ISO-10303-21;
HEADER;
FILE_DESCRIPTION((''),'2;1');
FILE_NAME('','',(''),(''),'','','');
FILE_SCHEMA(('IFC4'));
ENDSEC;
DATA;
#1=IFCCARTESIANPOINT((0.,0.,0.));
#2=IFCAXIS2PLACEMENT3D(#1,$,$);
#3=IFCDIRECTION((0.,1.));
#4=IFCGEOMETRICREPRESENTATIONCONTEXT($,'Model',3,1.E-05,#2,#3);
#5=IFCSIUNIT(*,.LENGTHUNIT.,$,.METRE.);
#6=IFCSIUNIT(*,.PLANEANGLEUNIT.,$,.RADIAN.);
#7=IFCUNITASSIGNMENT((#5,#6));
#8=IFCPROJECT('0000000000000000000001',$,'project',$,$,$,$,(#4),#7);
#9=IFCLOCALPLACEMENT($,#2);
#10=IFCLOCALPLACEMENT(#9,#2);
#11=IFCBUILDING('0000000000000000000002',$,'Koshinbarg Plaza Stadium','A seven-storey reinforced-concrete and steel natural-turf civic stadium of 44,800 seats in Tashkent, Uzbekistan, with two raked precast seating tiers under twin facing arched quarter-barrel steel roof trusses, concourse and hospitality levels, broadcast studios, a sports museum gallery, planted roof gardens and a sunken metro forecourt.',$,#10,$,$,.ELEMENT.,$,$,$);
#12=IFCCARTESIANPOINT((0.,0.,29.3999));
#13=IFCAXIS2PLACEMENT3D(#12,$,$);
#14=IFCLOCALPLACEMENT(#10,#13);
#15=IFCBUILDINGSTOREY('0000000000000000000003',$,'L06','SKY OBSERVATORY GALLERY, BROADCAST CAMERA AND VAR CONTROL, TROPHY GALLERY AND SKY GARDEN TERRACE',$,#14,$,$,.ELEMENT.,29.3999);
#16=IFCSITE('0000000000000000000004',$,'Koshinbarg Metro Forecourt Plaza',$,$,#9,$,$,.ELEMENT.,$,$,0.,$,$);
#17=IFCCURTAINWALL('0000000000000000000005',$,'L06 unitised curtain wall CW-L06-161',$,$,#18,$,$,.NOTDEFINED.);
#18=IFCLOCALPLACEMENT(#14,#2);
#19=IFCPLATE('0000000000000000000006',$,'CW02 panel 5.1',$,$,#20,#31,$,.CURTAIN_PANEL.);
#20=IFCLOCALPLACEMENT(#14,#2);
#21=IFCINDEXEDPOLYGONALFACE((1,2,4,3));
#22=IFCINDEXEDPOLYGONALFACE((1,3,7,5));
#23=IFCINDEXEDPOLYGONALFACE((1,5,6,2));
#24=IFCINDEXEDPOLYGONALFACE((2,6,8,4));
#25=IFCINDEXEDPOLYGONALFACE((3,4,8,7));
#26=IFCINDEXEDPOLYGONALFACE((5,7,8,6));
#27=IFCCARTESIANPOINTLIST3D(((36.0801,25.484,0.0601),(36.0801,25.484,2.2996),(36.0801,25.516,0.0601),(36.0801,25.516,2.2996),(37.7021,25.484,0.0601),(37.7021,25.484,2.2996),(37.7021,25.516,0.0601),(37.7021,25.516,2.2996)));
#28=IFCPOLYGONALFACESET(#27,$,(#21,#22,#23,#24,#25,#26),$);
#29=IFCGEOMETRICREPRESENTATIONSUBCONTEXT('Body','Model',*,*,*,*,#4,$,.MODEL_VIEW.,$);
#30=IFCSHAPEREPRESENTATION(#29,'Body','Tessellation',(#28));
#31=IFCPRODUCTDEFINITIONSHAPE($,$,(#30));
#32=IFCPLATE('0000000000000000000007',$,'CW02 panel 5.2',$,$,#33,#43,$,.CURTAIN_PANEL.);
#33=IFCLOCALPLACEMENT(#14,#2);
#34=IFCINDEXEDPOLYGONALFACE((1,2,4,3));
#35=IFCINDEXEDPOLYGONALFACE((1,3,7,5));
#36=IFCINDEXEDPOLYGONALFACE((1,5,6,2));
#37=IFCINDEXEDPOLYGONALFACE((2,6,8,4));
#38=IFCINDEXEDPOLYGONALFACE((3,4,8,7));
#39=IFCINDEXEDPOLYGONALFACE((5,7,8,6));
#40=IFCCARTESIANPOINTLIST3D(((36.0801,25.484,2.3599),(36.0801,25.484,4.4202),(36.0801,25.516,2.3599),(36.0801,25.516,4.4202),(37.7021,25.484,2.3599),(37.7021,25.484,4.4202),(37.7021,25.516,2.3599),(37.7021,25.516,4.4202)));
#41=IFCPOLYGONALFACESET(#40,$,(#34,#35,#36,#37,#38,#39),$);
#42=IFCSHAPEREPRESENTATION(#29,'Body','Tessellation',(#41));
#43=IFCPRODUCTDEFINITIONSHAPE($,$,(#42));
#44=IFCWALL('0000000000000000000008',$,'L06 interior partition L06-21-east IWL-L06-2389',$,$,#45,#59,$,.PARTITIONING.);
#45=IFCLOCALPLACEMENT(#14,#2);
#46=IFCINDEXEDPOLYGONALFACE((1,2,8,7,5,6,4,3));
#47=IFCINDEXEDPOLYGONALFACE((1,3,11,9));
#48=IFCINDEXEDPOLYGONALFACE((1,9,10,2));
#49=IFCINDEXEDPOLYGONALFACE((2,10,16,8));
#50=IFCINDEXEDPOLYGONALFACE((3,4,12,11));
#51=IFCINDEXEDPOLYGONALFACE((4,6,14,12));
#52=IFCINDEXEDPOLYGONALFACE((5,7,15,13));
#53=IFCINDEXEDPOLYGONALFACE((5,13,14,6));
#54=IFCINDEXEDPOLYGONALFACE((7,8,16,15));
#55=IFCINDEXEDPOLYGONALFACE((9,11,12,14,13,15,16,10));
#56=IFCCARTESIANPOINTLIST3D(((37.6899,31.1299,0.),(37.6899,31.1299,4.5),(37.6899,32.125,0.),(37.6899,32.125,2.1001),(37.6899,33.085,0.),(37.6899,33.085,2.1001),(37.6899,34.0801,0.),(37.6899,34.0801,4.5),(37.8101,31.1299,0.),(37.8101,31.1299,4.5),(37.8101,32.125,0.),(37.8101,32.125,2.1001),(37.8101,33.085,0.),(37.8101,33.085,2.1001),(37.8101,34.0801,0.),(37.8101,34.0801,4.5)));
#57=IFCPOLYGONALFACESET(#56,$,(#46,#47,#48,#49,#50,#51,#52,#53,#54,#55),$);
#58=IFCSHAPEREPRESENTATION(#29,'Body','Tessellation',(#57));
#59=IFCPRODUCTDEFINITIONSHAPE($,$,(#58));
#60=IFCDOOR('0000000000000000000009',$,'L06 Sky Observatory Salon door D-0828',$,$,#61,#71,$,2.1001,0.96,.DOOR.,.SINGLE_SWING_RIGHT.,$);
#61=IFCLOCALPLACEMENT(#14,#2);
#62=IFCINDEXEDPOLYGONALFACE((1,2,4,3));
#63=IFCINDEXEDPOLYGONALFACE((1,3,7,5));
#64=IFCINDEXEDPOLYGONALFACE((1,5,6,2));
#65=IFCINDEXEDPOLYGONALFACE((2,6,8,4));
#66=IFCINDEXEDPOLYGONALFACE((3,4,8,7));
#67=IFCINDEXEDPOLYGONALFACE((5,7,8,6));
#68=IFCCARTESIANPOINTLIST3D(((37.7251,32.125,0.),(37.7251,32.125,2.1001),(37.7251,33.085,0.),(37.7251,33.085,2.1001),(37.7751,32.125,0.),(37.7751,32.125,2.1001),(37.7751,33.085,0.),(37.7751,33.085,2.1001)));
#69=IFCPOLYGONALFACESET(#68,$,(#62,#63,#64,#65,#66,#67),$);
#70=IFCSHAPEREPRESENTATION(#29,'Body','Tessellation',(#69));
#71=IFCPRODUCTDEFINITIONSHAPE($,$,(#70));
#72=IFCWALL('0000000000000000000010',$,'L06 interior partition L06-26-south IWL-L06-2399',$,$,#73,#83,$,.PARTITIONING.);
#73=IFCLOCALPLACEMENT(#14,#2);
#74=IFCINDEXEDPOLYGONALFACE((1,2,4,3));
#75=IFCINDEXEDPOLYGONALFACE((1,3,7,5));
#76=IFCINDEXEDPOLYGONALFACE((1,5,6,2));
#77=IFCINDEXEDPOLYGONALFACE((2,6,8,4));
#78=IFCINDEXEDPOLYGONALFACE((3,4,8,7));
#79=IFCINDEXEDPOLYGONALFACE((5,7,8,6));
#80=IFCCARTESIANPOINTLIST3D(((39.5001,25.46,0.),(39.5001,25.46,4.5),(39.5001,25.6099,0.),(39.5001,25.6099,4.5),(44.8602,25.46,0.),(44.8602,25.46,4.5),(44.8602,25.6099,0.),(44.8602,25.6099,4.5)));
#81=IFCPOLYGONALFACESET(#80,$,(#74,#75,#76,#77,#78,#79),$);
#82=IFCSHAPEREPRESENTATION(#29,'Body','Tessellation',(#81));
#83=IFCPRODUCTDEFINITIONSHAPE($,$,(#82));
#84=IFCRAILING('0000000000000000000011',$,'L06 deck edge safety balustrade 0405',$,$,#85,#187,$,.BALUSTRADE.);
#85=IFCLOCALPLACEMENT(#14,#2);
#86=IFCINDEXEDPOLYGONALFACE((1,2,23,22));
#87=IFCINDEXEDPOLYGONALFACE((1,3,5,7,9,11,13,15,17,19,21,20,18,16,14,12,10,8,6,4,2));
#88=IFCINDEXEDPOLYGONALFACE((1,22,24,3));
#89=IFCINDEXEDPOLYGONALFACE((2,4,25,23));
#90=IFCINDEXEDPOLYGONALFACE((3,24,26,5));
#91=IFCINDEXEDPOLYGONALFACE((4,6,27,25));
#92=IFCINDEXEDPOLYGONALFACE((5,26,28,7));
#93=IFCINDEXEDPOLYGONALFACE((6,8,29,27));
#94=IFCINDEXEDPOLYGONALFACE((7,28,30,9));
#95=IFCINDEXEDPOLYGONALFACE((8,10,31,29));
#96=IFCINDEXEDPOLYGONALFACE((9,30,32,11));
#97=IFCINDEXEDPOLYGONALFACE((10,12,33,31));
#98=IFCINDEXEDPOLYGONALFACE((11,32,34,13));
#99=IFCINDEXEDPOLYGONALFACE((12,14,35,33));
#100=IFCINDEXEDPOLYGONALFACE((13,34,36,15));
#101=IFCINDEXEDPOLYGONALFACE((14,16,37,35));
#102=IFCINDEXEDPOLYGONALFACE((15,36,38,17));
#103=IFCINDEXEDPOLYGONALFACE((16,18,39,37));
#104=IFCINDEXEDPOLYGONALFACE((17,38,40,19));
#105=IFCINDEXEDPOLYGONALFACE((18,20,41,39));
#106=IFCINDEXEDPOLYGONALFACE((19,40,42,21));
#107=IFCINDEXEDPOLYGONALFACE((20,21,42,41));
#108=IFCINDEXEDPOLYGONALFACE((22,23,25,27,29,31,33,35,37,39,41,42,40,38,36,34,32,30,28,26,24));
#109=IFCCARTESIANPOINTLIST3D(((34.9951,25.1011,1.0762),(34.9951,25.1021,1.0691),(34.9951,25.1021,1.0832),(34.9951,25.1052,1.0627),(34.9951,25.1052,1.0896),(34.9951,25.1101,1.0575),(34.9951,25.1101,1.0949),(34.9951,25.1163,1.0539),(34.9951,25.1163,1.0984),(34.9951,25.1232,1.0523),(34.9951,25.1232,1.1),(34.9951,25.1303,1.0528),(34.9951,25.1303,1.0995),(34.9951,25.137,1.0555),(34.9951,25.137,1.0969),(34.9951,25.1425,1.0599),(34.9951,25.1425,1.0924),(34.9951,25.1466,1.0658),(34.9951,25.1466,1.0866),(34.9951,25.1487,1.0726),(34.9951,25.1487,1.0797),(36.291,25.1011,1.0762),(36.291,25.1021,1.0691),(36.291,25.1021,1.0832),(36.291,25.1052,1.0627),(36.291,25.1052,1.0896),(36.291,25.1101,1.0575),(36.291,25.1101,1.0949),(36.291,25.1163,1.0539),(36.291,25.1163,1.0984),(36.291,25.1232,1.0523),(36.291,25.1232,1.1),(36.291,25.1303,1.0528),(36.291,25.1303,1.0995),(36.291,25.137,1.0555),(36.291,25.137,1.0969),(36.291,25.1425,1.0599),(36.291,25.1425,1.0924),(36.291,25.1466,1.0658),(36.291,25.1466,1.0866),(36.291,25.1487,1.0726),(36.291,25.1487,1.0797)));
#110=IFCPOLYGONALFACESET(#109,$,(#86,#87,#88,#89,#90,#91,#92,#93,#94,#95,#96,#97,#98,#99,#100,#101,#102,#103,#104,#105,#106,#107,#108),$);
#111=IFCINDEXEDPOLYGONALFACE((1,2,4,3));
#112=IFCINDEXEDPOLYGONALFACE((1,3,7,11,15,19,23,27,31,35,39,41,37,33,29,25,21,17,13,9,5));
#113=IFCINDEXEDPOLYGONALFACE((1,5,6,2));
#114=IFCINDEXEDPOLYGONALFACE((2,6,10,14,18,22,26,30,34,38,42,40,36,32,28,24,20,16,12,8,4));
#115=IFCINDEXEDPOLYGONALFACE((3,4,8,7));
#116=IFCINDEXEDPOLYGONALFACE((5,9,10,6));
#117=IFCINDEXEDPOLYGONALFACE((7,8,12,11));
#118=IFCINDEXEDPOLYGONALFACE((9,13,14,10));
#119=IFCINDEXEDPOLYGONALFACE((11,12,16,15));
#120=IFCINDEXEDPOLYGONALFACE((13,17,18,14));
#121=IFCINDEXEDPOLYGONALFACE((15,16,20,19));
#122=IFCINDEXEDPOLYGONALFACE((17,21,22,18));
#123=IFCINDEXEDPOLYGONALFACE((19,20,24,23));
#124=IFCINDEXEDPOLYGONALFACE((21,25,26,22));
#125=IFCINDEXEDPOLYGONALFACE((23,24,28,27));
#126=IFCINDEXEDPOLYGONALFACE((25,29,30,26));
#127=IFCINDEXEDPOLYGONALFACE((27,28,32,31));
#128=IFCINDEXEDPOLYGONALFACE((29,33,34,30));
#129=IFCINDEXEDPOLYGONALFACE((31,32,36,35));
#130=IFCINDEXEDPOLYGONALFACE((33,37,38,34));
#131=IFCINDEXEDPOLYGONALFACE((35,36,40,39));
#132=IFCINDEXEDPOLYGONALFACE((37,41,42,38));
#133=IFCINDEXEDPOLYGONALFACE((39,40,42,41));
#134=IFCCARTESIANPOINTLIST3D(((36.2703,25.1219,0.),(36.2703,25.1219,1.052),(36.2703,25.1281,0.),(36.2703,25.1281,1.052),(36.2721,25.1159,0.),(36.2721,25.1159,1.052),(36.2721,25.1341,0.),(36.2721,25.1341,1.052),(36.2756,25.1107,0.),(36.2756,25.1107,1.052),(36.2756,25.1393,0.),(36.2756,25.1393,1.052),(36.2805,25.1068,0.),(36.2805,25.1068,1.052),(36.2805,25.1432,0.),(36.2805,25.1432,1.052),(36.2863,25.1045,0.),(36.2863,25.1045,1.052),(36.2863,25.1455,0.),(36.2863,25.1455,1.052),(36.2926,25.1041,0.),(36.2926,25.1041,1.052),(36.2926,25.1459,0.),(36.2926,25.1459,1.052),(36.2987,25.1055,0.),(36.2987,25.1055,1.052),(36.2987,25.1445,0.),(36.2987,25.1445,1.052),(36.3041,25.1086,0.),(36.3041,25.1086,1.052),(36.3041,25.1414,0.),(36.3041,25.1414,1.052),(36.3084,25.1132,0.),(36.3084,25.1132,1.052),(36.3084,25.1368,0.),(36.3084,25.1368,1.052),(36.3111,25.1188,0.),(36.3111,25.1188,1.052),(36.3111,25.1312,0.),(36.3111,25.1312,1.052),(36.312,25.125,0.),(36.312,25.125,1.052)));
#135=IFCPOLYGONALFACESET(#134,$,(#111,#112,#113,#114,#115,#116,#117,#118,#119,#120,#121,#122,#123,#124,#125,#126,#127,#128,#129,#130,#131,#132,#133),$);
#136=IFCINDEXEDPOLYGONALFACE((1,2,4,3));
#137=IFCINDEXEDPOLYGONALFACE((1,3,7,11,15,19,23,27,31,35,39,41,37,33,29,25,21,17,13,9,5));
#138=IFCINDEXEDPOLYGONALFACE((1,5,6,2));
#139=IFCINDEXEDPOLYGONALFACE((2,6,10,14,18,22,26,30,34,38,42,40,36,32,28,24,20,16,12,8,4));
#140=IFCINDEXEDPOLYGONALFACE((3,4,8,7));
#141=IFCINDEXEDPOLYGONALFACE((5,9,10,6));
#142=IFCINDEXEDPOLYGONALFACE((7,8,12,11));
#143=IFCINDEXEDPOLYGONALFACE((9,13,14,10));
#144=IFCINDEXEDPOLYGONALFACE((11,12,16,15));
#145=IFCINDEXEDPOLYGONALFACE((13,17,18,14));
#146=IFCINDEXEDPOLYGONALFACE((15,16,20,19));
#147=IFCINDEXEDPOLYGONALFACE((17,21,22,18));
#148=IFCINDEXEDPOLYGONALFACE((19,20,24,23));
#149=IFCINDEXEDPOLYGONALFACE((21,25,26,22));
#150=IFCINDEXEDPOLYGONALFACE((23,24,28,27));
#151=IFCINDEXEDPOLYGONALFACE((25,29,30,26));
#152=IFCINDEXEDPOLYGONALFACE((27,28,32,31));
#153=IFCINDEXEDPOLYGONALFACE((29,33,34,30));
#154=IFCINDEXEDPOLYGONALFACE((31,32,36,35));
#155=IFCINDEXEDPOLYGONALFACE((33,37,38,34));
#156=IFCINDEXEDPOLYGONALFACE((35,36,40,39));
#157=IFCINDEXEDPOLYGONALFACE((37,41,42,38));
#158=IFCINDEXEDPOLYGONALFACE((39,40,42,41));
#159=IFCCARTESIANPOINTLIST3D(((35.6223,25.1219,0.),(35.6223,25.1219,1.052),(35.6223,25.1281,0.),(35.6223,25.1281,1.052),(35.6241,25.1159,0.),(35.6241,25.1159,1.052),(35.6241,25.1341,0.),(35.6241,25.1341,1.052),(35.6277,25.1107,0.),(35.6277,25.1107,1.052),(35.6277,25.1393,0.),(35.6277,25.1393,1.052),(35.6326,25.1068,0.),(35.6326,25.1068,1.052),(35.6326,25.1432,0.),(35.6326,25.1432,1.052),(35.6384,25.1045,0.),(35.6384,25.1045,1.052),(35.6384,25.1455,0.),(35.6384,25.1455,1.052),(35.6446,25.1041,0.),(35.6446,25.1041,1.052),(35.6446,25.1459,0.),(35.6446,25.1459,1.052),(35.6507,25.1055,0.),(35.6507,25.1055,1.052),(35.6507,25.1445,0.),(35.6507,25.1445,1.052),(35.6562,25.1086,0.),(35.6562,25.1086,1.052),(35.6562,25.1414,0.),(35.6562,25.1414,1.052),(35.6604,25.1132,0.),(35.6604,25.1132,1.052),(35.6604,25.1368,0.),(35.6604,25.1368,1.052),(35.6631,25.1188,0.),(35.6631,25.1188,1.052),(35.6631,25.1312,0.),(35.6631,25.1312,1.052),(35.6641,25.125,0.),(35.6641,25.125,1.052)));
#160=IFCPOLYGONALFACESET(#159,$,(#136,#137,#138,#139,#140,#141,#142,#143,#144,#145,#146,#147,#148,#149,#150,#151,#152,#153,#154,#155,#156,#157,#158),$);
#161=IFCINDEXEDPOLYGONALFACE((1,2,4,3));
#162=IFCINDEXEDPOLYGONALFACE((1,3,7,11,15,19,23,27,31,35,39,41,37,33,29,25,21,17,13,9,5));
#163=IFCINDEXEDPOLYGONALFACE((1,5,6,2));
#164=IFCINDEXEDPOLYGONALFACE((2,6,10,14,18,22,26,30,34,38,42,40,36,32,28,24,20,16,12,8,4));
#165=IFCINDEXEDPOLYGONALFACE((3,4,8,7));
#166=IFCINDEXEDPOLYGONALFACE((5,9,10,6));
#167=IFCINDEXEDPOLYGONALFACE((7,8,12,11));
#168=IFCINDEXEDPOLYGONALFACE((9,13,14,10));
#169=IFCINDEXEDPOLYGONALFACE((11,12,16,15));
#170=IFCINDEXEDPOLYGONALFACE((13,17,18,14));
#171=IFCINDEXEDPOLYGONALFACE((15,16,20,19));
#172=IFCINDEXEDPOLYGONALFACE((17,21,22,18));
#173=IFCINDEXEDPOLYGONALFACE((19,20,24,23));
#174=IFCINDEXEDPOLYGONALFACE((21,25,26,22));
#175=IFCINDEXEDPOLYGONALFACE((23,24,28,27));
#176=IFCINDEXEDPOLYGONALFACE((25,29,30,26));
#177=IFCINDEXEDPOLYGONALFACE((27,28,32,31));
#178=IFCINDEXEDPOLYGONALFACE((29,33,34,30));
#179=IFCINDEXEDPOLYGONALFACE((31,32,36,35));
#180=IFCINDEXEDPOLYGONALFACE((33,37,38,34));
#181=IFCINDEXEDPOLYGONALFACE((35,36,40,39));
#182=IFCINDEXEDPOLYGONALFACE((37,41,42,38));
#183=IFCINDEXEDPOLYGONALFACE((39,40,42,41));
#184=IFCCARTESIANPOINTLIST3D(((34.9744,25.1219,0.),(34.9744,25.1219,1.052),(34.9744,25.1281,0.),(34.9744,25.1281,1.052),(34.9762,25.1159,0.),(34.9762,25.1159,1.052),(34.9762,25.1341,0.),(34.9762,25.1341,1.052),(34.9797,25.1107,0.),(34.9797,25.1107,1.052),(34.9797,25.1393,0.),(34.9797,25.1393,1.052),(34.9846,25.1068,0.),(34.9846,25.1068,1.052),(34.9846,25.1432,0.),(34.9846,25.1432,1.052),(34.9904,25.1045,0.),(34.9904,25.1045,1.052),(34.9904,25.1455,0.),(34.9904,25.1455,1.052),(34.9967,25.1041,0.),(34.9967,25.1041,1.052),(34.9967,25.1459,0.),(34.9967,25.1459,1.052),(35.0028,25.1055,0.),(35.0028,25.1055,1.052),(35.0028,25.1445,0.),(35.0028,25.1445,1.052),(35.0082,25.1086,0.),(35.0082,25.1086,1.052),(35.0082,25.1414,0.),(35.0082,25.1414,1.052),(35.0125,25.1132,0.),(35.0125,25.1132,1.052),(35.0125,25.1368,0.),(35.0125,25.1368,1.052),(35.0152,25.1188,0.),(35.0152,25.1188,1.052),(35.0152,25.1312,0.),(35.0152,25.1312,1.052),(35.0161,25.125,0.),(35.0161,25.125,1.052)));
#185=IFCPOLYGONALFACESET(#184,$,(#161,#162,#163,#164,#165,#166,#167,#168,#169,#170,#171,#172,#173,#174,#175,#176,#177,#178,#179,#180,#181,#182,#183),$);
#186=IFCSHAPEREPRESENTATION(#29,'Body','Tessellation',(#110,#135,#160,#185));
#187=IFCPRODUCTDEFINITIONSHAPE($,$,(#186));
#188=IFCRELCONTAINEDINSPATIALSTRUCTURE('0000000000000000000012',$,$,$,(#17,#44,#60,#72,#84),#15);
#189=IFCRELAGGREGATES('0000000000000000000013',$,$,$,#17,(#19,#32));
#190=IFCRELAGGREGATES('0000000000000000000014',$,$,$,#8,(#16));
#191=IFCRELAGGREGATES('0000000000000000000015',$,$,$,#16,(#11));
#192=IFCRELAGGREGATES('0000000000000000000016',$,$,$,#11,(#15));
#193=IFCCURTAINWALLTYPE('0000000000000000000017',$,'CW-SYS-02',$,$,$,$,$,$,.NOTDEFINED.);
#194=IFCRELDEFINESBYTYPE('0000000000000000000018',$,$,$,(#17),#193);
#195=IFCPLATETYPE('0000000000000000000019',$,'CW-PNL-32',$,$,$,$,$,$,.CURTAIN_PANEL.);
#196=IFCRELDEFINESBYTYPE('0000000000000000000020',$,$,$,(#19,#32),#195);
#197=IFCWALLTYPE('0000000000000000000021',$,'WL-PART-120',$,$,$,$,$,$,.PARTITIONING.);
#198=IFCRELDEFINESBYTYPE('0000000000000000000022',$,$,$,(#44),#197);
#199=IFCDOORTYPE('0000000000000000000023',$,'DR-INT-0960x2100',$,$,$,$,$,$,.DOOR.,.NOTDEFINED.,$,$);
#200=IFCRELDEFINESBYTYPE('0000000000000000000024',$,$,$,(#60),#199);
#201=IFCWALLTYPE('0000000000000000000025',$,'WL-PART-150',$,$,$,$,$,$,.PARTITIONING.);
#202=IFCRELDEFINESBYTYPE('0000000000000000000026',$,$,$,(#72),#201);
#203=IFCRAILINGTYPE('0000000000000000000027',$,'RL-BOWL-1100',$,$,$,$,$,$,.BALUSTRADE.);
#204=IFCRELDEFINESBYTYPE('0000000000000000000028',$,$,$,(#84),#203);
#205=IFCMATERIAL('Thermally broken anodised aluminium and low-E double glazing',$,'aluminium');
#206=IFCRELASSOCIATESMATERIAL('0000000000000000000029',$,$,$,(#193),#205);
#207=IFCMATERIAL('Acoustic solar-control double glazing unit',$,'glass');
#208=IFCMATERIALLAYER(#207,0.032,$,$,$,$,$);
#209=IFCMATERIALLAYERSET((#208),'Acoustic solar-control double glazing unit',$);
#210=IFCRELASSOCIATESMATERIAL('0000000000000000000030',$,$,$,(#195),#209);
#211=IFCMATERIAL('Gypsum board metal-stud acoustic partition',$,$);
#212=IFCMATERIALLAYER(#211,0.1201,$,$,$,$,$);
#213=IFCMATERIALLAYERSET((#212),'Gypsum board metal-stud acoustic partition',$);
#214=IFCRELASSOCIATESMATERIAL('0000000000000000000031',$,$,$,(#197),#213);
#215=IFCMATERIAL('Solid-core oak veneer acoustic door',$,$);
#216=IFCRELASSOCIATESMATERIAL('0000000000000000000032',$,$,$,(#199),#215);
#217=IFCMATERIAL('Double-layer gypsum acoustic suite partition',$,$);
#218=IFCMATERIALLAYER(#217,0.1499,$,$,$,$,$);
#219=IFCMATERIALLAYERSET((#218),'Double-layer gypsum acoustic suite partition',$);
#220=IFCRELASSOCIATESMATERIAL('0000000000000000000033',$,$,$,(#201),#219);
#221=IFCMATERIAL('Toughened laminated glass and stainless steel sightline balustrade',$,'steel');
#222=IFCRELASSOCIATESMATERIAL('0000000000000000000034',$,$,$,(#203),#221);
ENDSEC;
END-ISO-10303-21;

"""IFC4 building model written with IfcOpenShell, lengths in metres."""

from ifc_helpers import new_model, si_unit, direction, frame, frame_2d, origin, origin_2d, place, context, subcontext, project, spatial, rectangle, circle, extrude, material, layer, layer_set, type_object, element, fill, aggregate, save


model = new_model("IFC4")

# Units and contexts
model_context = context("Model", 3, precision=1e-05, world=origin(), true_north=direction((0.0, 1.0)))
body_context = subcontext(model_context, "Body", "Model", "MODEL_VIEW")
ifc_project = project(units=[si_unit("LENGTHUNIT", "METRE"), si_unit("PLANEANGLEUNIT", "RADIAN")], contexts=[model_context])

# Site, building, storey
site_placement = place(None, origin())
site = spatial("IfcSite", under=ifc_project, at=site_placement, Name="Koshinbarg Metro Forecourt Plaza", CompositionType="ELEMENT", RefElevation=0.0)
building_placement = place(site_placement, origin())
building = spatial("IfcBuilding", under=site, at=building_placement, Name="Koshinbarg Plaza Stadium", Description="A seven-storey reinforced-concrete and steel natural-turf civic stadium of 44,800 seats in Tashkent, Uzbekistan, with two raked precast seating tiers under twin facing arched quarter-barrel steel roof trusses, concourse and hospitality levels, broadcast studios, a sports museum gallery, planted roof gardens and a sunken metro forecourt.", CompositionType="ELEMENT")
storey_placement = place(building_placement, frame((0.0, 0.0, 29.3999)))
storey = spatial("IfcBuildingStorey", under=building, at=storey_placement, Name="L06", Description="SKY OBSERVATORY GALLERY, BROADCAST CAMERA AND VAR CONTROL, TROPHY GALLERY AND SKY GARDEN TERRACE", CompositionType="ELEMENT", Elevation=29.3999)

# Curtain wall, plates
ifc_material_1 = material(Name="Thermally broken anodised aluminium and low-E double glazing", Category="aluminium")
curtain_wall_type = type_object("IfcCurtainWallType", Name="CW-SYS-02", PredefinedType="NOTDEFINED", material=ifc_material_1)
curtain_wall_placement = place(storey_placement, origin())
curtain_wall = element("IfcCurtainWall", 1, at=curtain_wall_placement, inside=storey, type_object=curtain_wall_type, Name="L06 unitised curtain wall CW-L06-161", PredefinedType="NOTDEFINED")
ifc_material_2 = material(Name="Acoustic solar-control double glazing unit", Category="glass")
ifc_layer_1 = layer(ifc_material_2, 0.032)
ifc_layer_set_1 = layer_set([ifc_layer_1], Name="Acoustic solar-control double glazing unit")
plate_type = type_object("IfcPlateType", Name="CW-PNL-32", PredefinedType="CURTAIN_PANEL", material=ifc_layer_set_1)
plate_1_placement = place(storey_placement, frame((36.8911, 25.5, 0.0601), z_axis=(0.0, 0.0, 1.0), x_axis=(-1.0, 0.0, 0.0)))
plate_1 = element("IfcPlate", 2, at=plate_1_placement, type_object=plate_type, Name="CW02 panel 5.1", PredefinedType="CURTAIN_PANEL", context=body_context, shape_type="SweptSolid", body=[
    extrude(rectangle(XDim=1.6221, YDim=0.032, at=origin_2d()), origin(), (0.0, 0.0, 1.0), 2.2395),
])
plate_2_placement = place(storey_placement, frame((36.8911, 25.5, 2.3599), z_axis=(0.0, 0.0, 1.0), x_axis=(-1.0, 0.0, 0.0)))
plate_2 = element("IfcPlate", 3, at=plate_2_placement, type_object=plate_type, Name="CW02 panel 5.2", PredefinedType="CURTAIN_PANEL", context=body_context, shape_type="SweptSolid", body=[
    extrude(rectangle(XDim=1.6221, YDim=0.032, at=origin_2d()), origin(), (0.0, 0.0, 1.0), 2.0603),
])
aggregate(curtain_wall, [plate_1, plate_2])

# Wall, opening, door
ifc_material_3 = material(Name="Gypsum board metal-stud acoustic partition")
ifc_layer_2 = layer(ifc_material_3, 0.1201)
ifc_layer_set_2 = layer_set([ifc_layer_2], Name="Gypsum board metal-stud acoustic partition")
wall_type_1 = type_object("IfcWallType", Name="WL-PART-120", PredefinedType="PARTITIONING", material=ifc_layer_set_2)
wall_1_placement = place(storey_placement, frame((37.75, 31.1299, 0.0), z_axis=(0.0, 0.0, 1.0), x_axis=(0.0, 1.0, 0.0)))
wall_1 = element("IfcWall", 4, at=wall_1_placement, inside=storey, type_object=wall_type_1, Name="L06 interior partition L06-21-east IWL-L06-2389", PredefinedType="PARTITIONING", context=body_context, shape_type="SweptSolid", body=[
    extrude(rectangle(XDim=2.9502, YDim=0.1201, at=frame_2d((1.4751, 0.0))), origin(), (0.0, 0.0, 1.0), 4.5),
])
opening_1_placement = place(wall_1_placement, frame((0.9951, 0.0, 0.0)))
opening_1 = element("IfcOpeningElement", 5, at=opening_1_placement, cuts=wall_1, PredefinedType="OPENING", context=body_context, shape_type="SweptSolid", body=[
    extrude(rectangle(XDim=0.96, YDim=2.1001, at=frame_2d((0.48, 1.05))), frame((0.0, 0.0701, 0.0), z_axis=(0.0, -1.0, 0.0), x_axis=(1.0, 0.0, 0.0)), (0.0, 0.0, 1.0), 0.1401),
])
ifc_material_4 = material(Name="Solid-core oak veneer acoustic door")
door_type_1 = type_object("IfcDoorType", Name="DR-INT-0960x2100", OperationType="NOTDEFINED", PredefinedType="DOOR", material=ifc_material_4)
door_1_placement = place(opening_1_placement, origin())
door_1 = element("IfcDoor", 6, at=door_1_placement, inside=storey, type_object=door_type_1, Name="L06 Sky Observatory Salon door D-0828", OperationType="SINGLE_SWING_RIGHT", OverallHeight=2.1001, OverallWidth=0.96, PredefinedType="DOOR", context=body_context, shape_type="SweptSolid", body=[
    extrude(rectangle(XDim=0.96, YDim=2.1001, at=frame_2d((0.48, 1.05))), frame((0.0, 0.0249, 0.0), z_axis=(0.0, -1.0, 0.0), x_axis=(1.0, 0.0, 0.0)), (0.0, 0.0, 1.0), 0.05),
])
fill(opening_1, door_1)

# Wall
ifc_material_5 = material(Name="Double-layer gypsum acoustic suite partition")
ifc_layer_3 = layer(ifc_material_5, 0.1499)
ifc_layer_set_3 = layer_set([ifc_layer_3], Name="Double-layer gypsum acoustic suite partition")
wall_type_2 = type_object("IfcWallType", Name="WL-PART-150", PredefinedType="PARTITIONING", material=ifc_layer_set_3)
wall_2_placement = place(storey_placement, frame((39.5, 25.5349, 0.0), z_axis=(0.0, 0.0, 1.0), x_axis=(1.0, 0.0, 0.0)))
element("IfcWall", 7, at=wall_2_placement, inside=storey, type_object=wall_type_2, Name="L06 interior partition L06-26-south IWL-L06-2399", PredefinedType="PARTITIONING", context=body_context, shape_type="SweptSolid", body=[
    extrude(rectangle(XDim=5.3601, YDim=0.1499, at=frame_2d((2.6802, 0.0))), origin(), (0.0, 0.0, 1.0), 4.5),
])

# Railing
ifc_material_6 = material(Name="Toughened laminated glass and stainless steel sightline balustrade", Category="steel")
railing_type = type_object("IfcRailingType", Name="RL-BOWL-1100", PredefinedType="BALUSTRADE", material=ifc_material_6)
railing_placement = place(storey_placement, frame((36.291, 25.125, 0.0)))
element("IfcRailing", 8, at=railing_placement, inside=storey, type_object=railing_type, Name="L06 deck edge safety balustrade 0405", PredefinedType="BALUSTRADE", context=body_context, shape_type="SweptSolid", body=[
    extrude(circle(Radius=0.0239, at=origin_2d()), frame((0.0, 0.0, 1.0762), z_axis=(-1.0, 0.0, 0.0), x_axis=(0.0, -1.0, 0.0)), (0.0, 0.0, 1.0), 1.2959),
    extrude(circle(Radius=0.021, at=origin_2d()), origin(), (0.0, 0.0, 1.0), 1.052),
    extrude(circle(Radius=0.021, at=origin_2d()), frame((-0.6479, 0.0, 0.0)), (0.0, 0.0, 1.0), 1.052),
    extrude(circle(Radius=0.021, at=origin_2d()), frame((-1.2959, 0.0, 0.0)), (0.0, 0.0, 1.0), 1.052),
])

save(model, "model.ifc")
